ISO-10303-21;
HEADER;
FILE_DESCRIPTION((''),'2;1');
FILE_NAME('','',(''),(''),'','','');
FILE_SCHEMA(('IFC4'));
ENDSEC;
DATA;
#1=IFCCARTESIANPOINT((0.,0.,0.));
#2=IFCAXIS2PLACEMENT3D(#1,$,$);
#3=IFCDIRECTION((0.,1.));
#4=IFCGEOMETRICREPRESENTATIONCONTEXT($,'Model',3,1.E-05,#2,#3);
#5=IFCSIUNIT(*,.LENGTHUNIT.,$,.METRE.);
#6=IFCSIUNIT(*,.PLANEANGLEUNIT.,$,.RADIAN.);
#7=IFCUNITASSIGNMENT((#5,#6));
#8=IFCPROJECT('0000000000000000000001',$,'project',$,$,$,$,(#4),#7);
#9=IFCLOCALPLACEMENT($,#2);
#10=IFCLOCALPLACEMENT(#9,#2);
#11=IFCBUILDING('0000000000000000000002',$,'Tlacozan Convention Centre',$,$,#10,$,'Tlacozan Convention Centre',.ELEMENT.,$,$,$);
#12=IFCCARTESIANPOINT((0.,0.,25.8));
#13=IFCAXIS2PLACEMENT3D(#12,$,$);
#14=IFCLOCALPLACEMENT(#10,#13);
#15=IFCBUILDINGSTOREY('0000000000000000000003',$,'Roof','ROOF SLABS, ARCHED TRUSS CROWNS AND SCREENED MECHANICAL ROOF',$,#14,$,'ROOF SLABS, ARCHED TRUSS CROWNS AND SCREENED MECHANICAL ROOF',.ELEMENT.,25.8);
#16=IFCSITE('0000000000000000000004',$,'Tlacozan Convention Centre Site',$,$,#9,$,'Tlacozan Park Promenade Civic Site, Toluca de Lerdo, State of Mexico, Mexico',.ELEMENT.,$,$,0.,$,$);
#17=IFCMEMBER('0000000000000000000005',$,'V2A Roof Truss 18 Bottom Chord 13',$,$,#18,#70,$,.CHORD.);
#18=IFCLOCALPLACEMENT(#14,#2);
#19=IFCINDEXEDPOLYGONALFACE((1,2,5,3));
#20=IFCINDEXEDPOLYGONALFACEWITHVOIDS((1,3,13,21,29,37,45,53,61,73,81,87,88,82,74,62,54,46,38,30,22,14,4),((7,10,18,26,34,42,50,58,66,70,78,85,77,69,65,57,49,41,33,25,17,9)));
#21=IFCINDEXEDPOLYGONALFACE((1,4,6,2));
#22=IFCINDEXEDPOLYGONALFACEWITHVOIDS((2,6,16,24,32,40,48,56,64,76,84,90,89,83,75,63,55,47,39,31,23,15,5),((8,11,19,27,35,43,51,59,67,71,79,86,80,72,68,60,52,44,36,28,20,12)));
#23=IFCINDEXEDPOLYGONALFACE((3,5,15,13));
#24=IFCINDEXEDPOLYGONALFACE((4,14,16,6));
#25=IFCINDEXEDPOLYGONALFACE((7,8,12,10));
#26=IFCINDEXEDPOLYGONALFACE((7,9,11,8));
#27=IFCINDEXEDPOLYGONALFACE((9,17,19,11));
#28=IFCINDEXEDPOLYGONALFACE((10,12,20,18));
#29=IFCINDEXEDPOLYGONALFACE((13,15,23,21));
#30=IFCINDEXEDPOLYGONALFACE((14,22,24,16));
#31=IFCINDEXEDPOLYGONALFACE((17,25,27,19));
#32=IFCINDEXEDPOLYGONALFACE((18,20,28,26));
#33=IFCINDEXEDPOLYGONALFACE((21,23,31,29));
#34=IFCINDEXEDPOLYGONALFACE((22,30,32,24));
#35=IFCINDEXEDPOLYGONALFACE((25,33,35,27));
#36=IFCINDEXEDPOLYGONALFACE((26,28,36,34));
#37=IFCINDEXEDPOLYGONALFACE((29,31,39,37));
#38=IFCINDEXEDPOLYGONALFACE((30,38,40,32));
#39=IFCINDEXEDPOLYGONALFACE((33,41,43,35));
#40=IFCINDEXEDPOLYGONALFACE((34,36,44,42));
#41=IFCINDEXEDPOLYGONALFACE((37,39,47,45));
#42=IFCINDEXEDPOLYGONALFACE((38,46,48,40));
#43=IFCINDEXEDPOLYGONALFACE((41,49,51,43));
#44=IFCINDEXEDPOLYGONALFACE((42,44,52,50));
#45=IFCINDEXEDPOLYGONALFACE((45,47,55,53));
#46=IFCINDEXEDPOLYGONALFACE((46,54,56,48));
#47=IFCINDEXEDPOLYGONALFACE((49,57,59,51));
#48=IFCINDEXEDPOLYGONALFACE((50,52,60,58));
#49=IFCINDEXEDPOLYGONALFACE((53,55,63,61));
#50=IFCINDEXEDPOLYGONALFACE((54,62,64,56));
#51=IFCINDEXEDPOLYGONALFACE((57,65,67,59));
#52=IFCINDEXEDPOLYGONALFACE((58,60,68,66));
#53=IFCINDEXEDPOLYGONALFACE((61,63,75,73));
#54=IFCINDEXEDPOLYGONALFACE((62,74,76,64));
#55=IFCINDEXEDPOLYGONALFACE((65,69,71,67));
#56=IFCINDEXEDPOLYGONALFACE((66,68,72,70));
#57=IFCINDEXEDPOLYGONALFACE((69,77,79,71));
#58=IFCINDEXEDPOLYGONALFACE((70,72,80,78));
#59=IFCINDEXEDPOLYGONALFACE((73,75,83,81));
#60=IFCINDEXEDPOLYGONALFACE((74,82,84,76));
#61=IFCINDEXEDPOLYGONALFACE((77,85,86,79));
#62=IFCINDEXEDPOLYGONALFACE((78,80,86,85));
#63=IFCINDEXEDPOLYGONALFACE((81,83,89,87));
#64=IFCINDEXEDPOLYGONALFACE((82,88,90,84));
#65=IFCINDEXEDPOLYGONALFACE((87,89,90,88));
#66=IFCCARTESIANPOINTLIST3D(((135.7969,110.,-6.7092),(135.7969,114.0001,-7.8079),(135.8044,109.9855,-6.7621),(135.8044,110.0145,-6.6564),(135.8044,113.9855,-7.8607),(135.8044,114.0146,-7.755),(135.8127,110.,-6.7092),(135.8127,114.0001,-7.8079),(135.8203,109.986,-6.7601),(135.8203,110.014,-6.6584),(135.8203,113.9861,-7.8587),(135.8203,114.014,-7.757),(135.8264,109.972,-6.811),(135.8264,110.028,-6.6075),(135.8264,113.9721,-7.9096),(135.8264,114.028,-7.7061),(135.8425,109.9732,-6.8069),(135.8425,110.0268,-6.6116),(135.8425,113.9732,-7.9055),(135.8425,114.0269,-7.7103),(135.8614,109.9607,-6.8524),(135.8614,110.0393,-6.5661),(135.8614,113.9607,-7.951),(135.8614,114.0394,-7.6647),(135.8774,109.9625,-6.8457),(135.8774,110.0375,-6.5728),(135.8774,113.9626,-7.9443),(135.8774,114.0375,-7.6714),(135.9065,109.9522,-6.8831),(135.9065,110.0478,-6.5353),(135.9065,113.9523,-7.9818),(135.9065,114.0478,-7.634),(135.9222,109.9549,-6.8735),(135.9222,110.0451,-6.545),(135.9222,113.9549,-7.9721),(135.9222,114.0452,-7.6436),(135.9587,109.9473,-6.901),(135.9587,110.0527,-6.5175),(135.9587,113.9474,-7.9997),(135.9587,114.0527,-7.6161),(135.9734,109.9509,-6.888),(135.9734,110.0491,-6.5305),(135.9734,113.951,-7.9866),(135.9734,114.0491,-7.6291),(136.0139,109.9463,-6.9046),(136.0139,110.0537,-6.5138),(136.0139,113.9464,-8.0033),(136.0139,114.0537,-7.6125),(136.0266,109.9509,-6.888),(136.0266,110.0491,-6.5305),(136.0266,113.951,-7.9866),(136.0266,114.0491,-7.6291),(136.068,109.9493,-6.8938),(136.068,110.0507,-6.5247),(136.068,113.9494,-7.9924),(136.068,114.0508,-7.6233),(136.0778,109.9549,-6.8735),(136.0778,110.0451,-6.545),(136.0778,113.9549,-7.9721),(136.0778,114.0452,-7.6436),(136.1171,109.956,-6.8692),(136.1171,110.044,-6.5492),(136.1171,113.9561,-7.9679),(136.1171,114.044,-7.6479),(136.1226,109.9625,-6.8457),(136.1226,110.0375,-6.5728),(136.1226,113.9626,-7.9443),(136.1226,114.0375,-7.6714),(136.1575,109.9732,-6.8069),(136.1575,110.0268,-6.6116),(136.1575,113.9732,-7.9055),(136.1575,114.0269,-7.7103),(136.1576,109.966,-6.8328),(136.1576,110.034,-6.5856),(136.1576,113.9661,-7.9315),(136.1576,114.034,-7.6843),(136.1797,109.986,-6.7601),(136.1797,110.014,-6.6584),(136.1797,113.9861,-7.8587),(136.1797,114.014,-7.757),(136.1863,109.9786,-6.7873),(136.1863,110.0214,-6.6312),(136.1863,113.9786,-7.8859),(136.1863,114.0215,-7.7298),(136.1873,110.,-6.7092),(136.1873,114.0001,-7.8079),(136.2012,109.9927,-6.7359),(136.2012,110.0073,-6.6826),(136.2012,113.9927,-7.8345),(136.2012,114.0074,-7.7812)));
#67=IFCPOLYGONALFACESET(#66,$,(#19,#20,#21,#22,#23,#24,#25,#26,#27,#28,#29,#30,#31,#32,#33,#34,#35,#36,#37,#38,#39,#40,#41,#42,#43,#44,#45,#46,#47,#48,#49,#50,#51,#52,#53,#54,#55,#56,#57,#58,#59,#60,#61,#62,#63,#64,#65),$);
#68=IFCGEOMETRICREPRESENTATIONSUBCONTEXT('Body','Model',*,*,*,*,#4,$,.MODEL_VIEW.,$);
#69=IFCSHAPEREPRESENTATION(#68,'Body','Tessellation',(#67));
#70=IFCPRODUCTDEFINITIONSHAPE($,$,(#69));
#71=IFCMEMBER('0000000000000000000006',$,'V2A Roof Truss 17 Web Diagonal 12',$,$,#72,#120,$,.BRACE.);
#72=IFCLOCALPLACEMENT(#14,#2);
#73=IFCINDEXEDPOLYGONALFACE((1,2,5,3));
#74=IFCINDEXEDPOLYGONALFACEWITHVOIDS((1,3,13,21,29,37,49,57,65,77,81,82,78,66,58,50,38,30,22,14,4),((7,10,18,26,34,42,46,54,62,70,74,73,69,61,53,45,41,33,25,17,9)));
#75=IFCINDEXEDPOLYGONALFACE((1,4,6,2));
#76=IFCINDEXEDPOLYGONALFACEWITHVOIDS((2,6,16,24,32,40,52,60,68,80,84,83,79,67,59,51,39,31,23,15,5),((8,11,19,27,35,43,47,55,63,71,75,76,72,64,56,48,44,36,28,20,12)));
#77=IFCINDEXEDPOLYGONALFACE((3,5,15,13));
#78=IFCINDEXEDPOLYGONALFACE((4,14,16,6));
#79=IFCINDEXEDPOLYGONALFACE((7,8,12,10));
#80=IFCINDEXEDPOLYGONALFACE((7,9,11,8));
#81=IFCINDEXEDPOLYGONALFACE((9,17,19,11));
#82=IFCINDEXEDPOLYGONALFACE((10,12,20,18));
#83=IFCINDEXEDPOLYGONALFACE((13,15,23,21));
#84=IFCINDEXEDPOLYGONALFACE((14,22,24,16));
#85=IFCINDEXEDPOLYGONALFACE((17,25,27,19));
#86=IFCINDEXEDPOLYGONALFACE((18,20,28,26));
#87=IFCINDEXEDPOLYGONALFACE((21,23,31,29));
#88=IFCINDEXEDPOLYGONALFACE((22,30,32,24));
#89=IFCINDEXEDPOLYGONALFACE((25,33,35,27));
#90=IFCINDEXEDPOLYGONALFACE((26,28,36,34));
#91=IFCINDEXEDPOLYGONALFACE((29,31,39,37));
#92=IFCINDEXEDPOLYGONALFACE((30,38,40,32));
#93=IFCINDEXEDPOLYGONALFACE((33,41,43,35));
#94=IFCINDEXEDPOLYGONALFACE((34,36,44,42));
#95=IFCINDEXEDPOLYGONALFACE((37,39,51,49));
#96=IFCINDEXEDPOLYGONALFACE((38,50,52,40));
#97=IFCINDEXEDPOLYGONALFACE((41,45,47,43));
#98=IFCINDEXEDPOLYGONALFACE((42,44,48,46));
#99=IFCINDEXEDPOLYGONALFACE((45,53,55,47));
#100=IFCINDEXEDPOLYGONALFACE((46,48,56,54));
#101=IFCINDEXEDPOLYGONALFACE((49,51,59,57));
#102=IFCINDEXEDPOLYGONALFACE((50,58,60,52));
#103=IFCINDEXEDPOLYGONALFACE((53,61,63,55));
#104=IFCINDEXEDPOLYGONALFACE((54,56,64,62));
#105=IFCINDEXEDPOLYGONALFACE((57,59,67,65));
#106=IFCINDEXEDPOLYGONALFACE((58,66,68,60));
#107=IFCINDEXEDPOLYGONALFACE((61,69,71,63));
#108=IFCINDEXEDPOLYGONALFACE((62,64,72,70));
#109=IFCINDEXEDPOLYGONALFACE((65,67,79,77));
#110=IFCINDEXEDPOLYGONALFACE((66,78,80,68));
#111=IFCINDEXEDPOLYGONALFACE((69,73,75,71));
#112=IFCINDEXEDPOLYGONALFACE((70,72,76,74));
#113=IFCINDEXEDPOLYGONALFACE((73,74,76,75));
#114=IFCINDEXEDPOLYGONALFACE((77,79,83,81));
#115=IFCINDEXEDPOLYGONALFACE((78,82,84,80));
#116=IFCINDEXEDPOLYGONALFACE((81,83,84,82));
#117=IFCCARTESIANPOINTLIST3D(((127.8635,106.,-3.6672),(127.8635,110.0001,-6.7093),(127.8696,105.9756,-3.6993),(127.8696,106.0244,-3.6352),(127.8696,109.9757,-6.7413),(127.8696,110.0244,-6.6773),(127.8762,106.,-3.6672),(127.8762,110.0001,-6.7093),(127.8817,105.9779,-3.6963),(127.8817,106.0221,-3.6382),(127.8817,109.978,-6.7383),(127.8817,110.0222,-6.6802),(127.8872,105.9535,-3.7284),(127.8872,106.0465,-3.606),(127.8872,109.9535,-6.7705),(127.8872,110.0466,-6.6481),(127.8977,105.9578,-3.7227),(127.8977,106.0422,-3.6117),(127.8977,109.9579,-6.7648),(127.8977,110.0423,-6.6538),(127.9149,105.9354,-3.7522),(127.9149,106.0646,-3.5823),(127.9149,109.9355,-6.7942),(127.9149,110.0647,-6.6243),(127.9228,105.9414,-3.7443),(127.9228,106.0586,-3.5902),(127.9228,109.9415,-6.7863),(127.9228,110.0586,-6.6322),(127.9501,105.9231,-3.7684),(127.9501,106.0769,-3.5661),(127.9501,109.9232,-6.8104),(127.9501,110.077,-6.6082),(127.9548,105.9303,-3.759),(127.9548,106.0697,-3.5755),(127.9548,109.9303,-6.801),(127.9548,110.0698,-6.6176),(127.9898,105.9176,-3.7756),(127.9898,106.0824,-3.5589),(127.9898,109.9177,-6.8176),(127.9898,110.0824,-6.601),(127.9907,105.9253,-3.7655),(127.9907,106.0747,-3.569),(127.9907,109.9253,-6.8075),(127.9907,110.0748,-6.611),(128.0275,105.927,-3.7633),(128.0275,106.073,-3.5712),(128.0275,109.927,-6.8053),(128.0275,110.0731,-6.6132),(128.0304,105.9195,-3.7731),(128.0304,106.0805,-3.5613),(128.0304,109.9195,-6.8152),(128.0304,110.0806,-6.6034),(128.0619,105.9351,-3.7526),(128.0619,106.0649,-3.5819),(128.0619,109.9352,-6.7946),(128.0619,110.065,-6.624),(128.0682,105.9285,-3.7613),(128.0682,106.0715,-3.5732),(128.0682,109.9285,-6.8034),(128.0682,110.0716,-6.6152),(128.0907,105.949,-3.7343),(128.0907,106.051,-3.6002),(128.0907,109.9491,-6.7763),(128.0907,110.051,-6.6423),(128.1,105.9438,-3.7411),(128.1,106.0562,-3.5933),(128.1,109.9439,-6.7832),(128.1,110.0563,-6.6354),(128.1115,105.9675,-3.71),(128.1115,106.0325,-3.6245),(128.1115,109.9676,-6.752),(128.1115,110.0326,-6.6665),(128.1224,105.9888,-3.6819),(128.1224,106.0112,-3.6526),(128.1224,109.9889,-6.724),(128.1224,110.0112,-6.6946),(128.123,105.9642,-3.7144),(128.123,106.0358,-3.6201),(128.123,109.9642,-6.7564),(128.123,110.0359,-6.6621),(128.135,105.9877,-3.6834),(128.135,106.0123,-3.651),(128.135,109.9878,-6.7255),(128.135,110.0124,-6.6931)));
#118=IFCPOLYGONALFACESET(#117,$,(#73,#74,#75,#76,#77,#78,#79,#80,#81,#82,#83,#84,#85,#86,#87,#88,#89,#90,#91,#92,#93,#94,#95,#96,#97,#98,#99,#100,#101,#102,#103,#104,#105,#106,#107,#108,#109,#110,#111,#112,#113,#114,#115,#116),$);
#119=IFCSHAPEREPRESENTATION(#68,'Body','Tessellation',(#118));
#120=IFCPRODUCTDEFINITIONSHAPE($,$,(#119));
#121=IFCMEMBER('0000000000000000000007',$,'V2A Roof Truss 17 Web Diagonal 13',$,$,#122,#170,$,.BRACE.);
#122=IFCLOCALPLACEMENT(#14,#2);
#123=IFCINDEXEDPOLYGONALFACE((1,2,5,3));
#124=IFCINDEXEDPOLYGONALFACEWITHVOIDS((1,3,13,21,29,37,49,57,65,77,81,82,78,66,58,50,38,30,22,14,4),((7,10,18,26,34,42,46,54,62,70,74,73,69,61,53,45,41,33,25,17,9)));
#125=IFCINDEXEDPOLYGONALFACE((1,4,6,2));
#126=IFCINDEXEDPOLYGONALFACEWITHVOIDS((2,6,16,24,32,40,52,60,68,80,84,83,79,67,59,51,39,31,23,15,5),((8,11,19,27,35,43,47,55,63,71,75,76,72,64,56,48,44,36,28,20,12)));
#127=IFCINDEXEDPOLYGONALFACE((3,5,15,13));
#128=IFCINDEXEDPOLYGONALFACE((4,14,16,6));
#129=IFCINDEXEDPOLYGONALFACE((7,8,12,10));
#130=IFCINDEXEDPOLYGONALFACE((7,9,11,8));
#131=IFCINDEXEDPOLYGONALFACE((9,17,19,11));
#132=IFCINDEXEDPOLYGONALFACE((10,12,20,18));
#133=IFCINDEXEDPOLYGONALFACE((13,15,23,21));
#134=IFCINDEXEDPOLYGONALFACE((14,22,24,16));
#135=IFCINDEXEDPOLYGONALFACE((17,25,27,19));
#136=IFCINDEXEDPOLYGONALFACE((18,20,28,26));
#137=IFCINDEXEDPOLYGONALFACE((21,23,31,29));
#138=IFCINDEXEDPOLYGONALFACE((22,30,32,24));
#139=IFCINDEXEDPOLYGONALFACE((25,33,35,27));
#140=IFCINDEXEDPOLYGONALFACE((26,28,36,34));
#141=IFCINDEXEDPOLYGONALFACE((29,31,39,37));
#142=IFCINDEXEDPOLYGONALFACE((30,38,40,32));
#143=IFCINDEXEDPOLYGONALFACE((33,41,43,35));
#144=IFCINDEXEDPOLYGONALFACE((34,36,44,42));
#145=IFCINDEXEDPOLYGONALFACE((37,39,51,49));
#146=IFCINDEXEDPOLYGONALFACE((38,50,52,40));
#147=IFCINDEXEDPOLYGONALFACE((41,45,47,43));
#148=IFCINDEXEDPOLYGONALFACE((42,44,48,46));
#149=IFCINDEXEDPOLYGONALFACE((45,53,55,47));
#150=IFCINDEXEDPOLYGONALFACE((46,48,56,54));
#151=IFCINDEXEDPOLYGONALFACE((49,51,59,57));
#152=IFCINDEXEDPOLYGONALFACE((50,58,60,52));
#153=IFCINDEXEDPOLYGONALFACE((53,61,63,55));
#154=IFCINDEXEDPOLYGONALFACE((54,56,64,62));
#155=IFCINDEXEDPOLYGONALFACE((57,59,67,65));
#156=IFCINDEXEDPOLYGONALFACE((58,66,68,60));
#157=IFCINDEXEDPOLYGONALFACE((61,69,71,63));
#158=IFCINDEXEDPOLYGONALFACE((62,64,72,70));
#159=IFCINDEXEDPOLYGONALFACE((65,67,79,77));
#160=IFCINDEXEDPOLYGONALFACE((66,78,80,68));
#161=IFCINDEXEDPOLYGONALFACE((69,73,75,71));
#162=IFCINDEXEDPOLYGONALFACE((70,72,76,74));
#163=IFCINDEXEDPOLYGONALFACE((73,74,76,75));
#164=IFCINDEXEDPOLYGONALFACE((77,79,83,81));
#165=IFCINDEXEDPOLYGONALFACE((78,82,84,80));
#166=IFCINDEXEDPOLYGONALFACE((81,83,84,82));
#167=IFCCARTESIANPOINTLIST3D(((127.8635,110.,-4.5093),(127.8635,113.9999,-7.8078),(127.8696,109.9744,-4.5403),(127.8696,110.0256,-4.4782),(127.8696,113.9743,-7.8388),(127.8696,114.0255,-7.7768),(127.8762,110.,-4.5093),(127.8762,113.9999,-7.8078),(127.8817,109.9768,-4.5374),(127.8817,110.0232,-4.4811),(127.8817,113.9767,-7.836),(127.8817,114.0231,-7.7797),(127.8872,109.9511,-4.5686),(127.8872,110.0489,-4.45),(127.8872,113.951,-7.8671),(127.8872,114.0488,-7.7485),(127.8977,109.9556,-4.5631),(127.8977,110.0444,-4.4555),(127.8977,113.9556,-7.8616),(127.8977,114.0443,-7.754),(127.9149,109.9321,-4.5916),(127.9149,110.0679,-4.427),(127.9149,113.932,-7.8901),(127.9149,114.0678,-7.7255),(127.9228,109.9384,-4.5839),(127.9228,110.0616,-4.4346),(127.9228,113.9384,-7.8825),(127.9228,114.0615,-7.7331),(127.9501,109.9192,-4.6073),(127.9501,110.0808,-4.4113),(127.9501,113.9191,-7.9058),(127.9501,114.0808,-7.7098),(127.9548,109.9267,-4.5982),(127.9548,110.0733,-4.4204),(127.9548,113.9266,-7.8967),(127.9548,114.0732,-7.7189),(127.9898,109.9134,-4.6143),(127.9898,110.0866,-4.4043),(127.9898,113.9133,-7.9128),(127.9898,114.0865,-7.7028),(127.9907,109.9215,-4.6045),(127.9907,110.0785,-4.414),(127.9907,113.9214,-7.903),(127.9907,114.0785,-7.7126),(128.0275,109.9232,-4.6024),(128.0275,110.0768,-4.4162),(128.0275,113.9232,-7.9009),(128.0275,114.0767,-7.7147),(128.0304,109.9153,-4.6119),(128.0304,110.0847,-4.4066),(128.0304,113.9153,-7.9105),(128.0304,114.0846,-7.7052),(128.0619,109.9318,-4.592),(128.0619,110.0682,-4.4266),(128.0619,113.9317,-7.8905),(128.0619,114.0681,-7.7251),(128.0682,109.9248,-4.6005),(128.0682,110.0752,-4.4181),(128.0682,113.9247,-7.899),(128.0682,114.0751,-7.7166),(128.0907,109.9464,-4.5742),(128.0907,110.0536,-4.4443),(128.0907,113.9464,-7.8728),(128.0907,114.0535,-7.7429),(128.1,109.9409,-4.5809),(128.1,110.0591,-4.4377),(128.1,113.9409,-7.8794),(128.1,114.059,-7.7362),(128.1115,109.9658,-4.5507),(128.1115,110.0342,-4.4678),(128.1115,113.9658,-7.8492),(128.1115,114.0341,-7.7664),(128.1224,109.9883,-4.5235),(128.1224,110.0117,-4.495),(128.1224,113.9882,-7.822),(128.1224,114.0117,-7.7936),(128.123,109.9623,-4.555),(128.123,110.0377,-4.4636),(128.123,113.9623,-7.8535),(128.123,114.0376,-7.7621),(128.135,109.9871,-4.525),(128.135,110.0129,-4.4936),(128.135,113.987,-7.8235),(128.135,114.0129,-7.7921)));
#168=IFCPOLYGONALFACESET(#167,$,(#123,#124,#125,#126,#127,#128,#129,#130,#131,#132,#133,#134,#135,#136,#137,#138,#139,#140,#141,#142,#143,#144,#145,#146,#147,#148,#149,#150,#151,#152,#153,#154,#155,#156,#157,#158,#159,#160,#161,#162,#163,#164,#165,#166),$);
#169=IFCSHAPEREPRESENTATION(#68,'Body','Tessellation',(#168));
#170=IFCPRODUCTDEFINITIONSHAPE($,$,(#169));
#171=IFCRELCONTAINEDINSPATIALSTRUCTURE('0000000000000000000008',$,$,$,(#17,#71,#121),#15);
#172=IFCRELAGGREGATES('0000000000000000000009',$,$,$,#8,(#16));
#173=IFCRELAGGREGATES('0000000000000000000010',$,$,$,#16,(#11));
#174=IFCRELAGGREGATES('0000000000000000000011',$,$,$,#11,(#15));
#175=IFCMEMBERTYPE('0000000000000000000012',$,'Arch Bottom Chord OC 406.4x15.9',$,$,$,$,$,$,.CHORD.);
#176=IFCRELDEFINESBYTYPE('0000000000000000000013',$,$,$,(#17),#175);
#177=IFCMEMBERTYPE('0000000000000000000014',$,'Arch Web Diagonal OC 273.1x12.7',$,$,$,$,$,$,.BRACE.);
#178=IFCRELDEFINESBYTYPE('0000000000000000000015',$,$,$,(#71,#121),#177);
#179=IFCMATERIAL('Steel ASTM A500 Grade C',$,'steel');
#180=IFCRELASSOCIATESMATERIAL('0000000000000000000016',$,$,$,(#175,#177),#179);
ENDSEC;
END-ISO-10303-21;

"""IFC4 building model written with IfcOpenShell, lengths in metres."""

from ifc_helpers import new_model, si_unit, direction, frame, origin, origin_2d, place, context, subcontext, project, spatial, hollow_circle, extrude, material, material_profile, profile_set, type_object, element, save


model = new_model("IFC4")

# Units and contexts
model_context = context("Model", 3, precision=1e-05, world=origin(), true_north=direction((0.0, 1.0)))
body_context = subcontext(model_context, "Body", "Model", "MODEL_VIEW")
ifc_project = project(units=[si_unit("LENGTHUNIT", "METRE"), si_unit("PLANEANGLEUNIT", "RADIAN")], contexts=[model_context])

# Site, building, storey
site_placement = place(None, origin())
site = spatial("IfcSite", under=ifc_project, at=site_placement, Name="Tlacozan Convention Centre Site", LongName="Tlacozan Park Promenade Civic Site, Toluca de Lerdo, State of Mexico, Mexico", CompositionType="ELEMENT", RefElevation=0.0)
building_placement = place(site_placement, origin())
building = spatial("IfcBuilding", under=site, at=building_placement, Name="Tlacozan Convention Centre", LongName="Tlacozan Convention Centre", CompositionType="ELEMENT")
storey_placement = place(building_placement, frame((0.0, 0.0, 25.8)))
storey = spatial("IfcBuildingStorey", under=building, at=storey_placement, Name="Roof", Description="ROOF SLABS, ARCHED TRUSS CROWNS AND SCREENED MECHANICAL ROOF", LongName="ROOF SLABS, ARCHED TRUSS CROWNS AND SCREENED MECHANICAL ROOF", CompositionType="ELEMENT", Elevation=25.8)

# Members
ifc_material_1 = material(Name="Steel ASTM A500 Grade C", Category="steel")
ifc_material_profile_1 = material_profile(ifc_material_1, hollow_circle(Radius=0.2031, WallThickness=0.0159, at=origin_2d()), Name="OC 406.4x15.9")
ifc_profile_set_1 = profile_set([ifc_material_profile_1], Name="Steel ASTM A500 Grade C")
member_type_1 = type_object("IfcMemberType", Name="Arch Bottom Chord OC 406.4x15.9", PredefinedType="CHORD", material=ifc_profile_set_1)
member_1_placement = place(storey_placement, frame((136.0, 110.0, -6.7092), z_axis=(0.0, 0.96429, -0.26485), x_axis=(-1.0, 0.0, 0.0)))
element("IfcMember", 1, at=member_1_placement, inside=storey, type_object=member_type_1, Name="V2A Roof Truss 18 Bottom Chord 13", PredefinedType="CHORD", context=body_context, shape_type="SweptSolid", body=[
    extrude(hollow_circle(Radius=0.2031, WallThickness=0.0159, at=origin_2d()), origin(), (0.0, 0.0, 1.0), 4.1482),
])
ifc_material_profile_2 = material_profile(ifc_material_1, hollow_circle(Radius=0.1365, WallThickness=0.0127, at=origin_2d()), Name="OC 273.1x12.7")
ifc_profile_set_2 = profile_set([ifc_material_profile_2], Name="Steel ASTM A500 Grade C")
member_type_2 = type_object("IfcMemberType", Name="Arch Web Diagonal OC 273.1x12.7", PredefinedType="BRACE", material=ifc_profile_set_2)
member_2_placement = place(storey_placement, frame((128.0, 106.0, -3.6672), z_axis=(0.0, 0.795971, -0.605335), x_axis=(-1.0, 0.0, 0.0)))
element("IfcMember", 2, at=member_2_placement, inside=storey, type_object=member_type_2, Name="V2A Roof Truss 17 Web Diagonal 12", PredefinedType="BRACE", context=body_context, shape_type="SweptSolid", body=[
    extrude(hollow_circle(Radius=0.1365, WallThickness=0.0127, at=origin_2d()), origin(), (0.0, 0.0, 1.0), 5.0254),
])
member_3_placement = place(storey_placement, frame((128.0, 110.0, -4.5093), z_axis=(0.0, 0.771507, -0.63622), x_axis=(-1.0, 0.0, 0.0)))
element("IfcMember", 3, at=member_3_placement, inside=storey, type_object=member_type_2, Name="V2A Roof Truss 17 Web Diagonal 13", PredefinedType="BRACE", context=body_context, shape_type="SweptSolid", body=[
    extrude(hollow_circle(Radius=0.1365, WallThickness=0.0127, at=origin_2d()), origin(), (0.0, 0.0, 1.0), 5.1846),
])

save(model, "model.ifc")
